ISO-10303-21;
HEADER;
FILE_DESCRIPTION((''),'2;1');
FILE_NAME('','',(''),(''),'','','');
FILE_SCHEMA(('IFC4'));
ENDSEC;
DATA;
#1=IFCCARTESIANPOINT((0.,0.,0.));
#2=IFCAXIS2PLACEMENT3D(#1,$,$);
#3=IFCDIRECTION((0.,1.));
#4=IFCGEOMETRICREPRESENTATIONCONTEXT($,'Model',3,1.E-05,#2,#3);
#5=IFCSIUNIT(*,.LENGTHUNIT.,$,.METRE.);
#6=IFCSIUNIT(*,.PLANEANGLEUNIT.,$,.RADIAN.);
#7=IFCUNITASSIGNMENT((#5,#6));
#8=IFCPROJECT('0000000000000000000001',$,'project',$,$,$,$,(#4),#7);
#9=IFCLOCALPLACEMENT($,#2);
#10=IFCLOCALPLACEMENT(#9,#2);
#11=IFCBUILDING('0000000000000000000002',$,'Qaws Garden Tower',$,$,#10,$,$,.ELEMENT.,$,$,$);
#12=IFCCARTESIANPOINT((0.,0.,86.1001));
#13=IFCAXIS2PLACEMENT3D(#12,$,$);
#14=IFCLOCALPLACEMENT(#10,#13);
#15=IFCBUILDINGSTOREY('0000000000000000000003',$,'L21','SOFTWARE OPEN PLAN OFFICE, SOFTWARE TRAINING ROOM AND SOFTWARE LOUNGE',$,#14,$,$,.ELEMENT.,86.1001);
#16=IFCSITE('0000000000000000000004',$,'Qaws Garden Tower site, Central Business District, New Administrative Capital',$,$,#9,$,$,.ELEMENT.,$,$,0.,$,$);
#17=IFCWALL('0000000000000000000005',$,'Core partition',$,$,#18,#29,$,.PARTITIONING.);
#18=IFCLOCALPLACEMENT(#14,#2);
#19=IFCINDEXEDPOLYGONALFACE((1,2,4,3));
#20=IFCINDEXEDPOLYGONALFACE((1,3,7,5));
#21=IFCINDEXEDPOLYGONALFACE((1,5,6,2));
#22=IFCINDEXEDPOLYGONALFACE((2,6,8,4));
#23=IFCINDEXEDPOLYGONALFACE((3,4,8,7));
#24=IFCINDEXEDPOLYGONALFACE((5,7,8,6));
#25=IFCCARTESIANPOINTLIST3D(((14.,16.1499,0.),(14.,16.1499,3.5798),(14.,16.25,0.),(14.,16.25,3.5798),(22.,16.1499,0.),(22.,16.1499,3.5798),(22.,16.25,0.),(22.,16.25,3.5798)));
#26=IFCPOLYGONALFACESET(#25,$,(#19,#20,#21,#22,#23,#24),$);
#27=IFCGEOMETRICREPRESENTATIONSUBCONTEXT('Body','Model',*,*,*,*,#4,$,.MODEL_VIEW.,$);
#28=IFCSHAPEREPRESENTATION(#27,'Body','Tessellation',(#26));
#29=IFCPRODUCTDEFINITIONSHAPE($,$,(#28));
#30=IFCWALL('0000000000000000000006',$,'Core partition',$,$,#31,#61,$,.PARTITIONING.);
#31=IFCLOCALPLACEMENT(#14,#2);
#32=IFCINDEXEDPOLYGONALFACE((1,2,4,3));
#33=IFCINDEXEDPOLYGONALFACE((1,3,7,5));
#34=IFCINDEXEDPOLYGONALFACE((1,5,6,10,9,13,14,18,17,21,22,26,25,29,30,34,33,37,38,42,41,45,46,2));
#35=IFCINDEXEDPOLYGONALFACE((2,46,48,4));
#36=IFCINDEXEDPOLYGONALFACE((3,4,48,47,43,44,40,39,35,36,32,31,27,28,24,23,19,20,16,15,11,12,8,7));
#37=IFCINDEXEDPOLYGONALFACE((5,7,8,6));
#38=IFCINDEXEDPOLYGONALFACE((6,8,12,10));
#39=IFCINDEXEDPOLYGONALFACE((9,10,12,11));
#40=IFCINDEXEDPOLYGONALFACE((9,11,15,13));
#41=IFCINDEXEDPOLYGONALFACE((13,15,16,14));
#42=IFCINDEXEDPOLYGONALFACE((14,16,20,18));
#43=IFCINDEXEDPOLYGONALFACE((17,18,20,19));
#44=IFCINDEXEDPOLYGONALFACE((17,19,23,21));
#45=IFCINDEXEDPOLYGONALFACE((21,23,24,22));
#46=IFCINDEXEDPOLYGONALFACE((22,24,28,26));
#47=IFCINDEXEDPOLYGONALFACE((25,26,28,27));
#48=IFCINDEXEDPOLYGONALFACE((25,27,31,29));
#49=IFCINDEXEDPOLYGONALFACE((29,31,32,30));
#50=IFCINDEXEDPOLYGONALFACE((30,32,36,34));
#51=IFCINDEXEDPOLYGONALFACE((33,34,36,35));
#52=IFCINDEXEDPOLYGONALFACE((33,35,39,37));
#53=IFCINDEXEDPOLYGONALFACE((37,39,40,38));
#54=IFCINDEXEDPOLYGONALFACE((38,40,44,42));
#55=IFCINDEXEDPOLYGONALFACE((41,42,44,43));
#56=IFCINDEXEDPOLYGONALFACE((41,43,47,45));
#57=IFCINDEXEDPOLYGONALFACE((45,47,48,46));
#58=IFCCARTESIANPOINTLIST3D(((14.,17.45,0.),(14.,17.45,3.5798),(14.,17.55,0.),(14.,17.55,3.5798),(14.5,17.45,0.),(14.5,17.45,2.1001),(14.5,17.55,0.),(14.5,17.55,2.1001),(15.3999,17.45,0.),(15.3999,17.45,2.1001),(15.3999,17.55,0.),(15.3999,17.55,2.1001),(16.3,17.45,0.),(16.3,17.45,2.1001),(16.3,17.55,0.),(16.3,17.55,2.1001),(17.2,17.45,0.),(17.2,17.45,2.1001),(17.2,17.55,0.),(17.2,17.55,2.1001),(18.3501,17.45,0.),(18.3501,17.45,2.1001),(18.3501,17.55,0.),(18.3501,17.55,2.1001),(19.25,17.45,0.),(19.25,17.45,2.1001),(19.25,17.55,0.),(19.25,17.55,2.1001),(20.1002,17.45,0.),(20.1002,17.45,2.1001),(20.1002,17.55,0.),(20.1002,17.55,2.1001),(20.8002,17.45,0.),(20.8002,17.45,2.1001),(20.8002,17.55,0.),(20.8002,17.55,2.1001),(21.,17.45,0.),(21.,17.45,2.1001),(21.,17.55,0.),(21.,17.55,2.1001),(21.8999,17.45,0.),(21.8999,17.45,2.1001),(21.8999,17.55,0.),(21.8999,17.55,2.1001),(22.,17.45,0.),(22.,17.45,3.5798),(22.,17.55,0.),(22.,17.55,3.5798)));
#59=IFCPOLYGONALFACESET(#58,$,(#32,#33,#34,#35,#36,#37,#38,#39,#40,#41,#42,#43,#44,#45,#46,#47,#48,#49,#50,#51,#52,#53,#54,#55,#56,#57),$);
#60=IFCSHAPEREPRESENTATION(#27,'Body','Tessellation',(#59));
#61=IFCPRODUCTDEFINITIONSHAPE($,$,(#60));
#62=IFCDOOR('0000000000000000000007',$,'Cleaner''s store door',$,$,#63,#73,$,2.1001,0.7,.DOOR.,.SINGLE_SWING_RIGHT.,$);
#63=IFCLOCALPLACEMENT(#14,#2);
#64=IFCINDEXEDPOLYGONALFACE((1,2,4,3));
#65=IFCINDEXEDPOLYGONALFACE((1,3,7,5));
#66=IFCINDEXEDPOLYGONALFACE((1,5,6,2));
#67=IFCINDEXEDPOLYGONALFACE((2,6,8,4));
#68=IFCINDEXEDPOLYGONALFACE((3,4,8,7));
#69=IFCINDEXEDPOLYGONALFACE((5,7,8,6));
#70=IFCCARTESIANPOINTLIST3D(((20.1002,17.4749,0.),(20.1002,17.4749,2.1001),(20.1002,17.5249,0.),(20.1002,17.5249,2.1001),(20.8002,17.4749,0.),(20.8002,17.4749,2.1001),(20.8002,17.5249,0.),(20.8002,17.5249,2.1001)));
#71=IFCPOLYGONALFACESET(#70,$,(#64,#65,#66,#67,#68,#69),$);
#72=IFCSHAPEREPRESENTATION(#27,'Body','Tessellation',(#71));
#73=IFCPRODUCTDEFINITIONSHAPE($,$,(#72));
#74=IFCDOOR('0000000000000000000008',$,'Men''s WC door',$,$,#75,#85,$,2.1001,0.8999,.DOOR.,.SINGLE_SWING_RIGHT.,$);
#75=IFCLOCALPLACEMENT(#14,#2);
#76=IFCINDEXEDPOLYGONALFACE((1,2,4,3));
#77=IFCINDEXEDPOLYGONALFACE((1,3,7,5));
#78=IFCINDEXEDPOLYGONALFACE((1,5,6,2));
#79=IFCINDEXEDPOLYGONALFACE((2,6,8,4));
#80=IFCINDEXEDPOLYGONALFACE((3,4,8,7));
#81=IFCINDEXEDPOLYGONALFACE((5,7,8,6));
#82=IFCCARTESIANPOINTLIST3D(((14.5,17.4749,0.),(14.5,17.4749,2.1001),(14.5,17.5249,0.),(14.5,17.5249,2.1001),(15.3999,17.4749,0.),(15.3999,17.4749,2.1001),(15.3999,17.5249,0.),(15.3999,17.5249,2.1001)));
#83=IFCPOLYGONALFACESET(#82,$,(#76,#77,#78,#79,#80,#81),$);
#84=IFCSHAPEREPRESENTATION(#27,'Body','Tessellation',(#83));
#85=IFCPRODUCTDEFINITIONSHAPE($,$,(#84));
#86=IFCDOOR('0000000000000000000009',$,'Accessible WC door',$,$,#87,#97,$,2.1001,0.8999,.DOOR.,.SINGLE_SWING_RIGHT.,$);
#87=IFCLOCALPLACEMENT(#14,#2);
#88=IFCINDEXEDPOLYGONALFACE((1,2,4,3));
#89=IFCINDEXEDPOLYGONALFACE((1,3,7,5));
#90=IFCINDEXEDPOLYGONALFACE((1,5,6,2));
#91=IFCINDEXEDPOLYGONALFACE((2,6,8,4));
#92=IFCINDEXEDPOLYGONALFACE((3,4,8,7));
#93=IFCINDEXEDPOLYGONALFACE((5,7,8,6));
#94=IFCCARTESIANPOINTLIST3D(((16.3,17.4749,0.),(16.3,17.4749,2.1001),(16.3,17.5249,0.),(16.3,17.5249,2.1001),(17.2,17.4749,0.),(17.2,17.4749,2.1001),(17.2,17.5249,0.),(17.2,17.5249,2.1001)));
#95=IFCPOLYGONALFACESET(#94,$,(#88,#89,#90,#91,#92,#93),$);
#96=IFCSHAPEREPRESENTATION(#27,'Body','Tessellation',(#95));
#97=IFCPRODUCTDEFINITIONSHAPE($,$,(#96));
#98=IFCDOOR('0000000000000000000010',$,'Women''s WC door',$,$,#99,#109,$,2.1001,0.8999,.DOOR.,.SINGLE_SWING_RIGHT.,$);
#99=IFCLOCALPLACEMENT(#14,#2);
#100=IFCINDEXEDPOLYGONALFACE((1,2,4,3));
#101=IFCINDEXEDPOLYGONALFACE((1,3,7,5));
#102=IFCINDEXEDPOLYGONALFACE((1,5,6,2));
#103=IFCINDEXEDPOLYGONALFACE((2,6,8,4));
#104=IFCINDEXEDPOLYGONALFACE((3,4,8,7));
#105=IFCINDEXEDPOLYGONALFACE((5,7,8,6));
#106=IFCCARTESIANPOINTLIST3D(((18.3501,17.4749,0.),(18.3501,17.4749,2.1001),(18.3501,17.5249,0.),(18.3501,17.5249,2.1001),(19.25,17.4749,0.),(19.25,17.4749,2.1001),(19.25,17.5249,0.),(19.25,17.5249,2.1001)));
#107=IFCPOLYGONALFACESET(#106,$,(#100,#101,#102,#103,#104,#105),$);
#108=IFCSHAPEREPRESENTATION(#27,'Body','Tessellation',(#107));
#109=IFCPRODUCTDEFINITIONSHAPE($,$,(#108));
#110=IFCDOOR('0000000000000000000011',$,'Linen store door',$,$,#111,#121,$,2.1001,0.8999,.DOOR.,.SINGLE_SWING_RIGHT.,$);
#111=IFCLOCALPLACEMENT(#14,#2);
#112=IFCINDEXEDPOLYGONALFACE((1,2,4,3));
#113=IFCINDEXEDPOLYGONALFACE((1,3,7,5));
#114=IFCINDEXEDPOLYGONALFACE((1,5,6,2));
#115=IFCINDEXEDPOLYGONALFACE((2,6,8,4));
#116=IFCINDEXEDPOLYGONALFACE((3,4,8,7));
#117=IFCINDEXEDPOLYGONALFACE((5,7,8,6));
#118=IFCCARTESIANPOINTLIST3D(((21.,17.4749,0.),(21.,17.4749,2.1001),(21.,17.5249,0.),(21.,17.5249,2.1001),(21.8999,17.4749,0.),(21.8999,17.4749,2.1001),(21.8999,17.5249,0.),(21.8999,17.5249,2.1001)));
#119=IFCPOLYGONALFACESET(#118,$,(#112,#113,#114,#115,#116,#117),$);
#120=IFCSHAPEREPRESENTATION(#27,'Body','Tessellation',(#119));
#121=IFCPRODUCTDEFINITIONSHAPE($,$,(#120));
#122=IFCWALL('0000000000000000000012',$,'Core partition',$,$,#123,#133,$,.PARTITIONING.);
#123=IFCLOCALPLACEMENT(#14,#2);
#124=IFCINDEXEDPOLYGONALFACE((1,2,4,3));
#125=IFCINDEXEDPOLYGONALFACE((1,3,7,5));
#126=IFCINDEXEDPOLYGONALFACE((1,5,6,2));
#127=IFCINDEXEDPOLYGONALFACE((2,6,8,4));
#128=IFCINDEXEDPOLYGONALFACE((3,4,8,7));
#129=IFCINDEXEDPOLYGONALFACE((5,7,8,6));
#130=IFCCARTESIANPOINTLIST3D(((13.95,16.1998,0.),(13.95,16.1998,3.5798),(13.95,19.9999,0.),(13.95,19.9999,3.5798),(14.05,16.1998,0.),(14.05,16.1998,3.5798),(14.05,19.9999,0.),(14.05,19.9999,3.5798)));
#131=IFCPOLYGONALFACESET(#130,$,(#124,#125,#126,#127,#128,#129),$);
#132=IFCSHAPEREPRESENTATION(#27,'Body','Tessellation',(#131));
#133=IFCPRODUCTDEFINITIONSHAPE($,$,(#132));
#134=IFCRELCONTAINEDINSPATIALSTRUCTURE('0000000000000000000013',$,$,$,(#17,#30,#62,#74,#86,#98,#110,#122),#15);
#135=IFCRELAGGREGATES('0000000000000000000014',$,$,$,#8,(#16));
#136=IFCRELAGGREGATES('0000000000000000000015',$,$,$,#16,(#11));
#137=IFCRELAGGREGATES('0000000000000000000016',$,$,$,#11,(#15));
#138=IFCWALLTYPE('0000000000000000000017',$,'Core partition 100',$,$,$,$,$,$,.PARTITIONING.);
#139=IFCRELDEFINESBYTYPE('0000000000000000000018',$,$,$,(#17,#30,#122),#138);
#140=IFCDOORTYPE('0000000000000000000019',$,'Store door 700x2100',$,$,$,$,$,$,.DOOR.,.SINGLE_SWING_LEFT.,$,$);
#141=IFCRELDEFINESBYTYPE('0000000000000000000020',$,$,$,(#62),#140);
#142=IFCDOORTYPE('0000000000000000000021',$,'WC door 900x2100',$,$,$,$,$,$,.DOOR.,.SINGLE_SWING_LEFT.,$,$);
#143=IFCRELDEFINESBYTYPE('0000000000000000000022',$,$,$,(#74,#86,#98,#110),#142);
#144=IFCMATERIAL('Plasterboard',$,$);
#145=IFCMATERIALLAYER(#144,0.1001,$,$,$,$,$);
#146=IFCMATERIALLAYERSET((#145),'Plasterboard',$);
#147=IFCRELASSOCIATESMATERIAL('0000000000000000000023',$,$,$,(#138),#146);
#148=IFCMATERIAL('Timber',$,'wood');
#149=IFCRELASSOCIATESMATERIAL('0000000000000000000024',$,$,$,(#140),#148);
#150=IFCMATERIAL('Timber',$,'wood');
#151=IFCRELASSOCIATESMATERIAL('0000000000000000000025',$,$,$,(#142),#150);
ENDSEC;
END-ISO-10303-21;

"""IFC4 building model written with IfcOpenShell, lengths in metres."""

from ifc_helpers import new_model, si_unit, direction, frame, frame_2d, origin, place, context, subcontext, project, spatial, rectangle, extrude, material, layer, layer_set, type_object, element, fill, save


model = new_model("IFC4")

# Units and contexts
model_context = context("Model", 3, precision=1e-05, world=origin(), true_north=direction((0.0, 1.0)))
body_context = subcontext(model_context, "Body", "Model", "MODEL_VIEW")
ifc_project = project(units=[si_unit("LENGTHUNIT", "METRE"), si_unit("PLANEANGLEUNIT", "RADIAN")], contexts=[model_context])

# Site, building, storey
site_placement = place(None, origin())
site = spatial("IfcSite", under=ifc_project, at=site_placement, Name="Qaws Garden Tower site, Central Business District, New Administrative Capital", CompositionType="ELEMENT", RefElevation=0.0)
building_placement = place(site_placement, origin())
building = spatial("IfcBuilding", under=site, at=building_placement, Name="Qaws Garden Tower", CompositionType="ELEMENT")
storey_placement = place(building_placement, frame((0.0, 0.0, 86.1001)))
storey = spatial("IfcBuildingStorey", under=building, at=storey_placement, Name="L21", Description="SOFTWARE OPEN PLAN OFFICE, SOFTWARE TRAINING ROOM AND SOFTWARE LOUNGE", CompositionType="ELEMENT", Elevation=86.1001)

# Wall
ifc_material_1 = material(Name="Plasterboard")
ifc_layer_1 = layer(ifc_material_1, 0.1001)
ifc_layer_set_1 = layer_set([ifc_layer_1], Name="Plasterboard")
wall_type_1 = type_object("IfcWallType", Name="Core partition 100", PredefinedType="PARTITIONING", material=ifc_layer_set_1)
wall_1_placement = place(storey_placement, frame((14.0, 16.2, 0.0), z_axis=(0.0, 0.0, 1.0), x_axis=(1.0, 0.0, 0.0)))
element("IfcWall", 1, at=wall_1_placement, inside=storey, type_object=wall_type_1, Name="Core partition", PredefinedType="PARTITIONING", context=body_context, shape_type="SweptSolid", body=[
    extrude(rectangle(XDim=8.0, YDim=0.1001, at=frame_2d((4.0, 0.0))), origin(), (0.0, 0.0, 1.0), 3.5798),
])

# Wall, openings, doors
wall_2_placement = place(storey_placement, frame((14.0, 17.5, 0.0), z_axis=(0.0, 0.0, 1.0), x_axis=(1.0, 0.0, 0.0)))
wall_2 = element("IfcWall", 2, at=wall_2_placement, inside=storey, type_object=wall_type_1, Name="Core partition", PredefinedType="PARTITIONING", context=body_context, shape_type="SweptSolid", body=[
    extrude(rectangle(XDim=8.0, YDim=0.1001, at=frame_2d((4.0, 0.0))), origin(), (0.0, 0.0, 1.0), 3.5798),
])
opening_1_placement = place(wall_2_placement, frame((0.5, 0.0, 0.0)))
opening_1 = element("IfcOpeningElement", 3, at=opening_1_placement, cuts=wall_2, PredefinedType="OPENING", context=body_context, shape_type="SweptSolid", body=[
    extrude(rectangle(XDim=0.8999, YDim=2.1001, at=frame_2d((0.45, 1.05))), frame((0.0, 0.0601, 0.0), z_axis=(0.0, -1.0, 0.0), x_axis=(1.0, 0.0, 0.0)), (0.0, 0.0, 1.0), 0.1201),
])
opening_2_placement = place(wall_2_placement, frame((2.3, 0.0, 0.0)))
opening_2 = element("IfcOpeningElement", 4, at=opening_2_placement, cuts=wall_2, PredefinedType="OPENING", context=body_context, shape_type="SweptSolid", body=[
    extrude(rectangle(XDim=0.8999, YDim=2.1001, at=frame_2d((0.45, 1.05))), frame((0.0, 0.0601, 0.0), z_axis=(0.0, -1.0, 0.0), x_axis=(1.0, 0.0, 0.0)), (0.0, 0.0, 1.0), 0.1201),
])
opening_3_placement = place(wall_2_placement, frame((4.3501, 0.0, 0.0)))
opening_3 = element("IfcOpeningElement", 5, at=opening_3_placement, cuts=wall_2, PredefinedType="OPENING", context=body_context, shape_type="SweptSolid", body=[
    extrude(rectangle(XDim=0.8999, YDim=2.1001, at=frame_2d((0.45, 1.05))), frame((0.0, 0.0601, 0.0), z_axis=(0.0, -1.0, 0.0), x_axis=(1.0, 0.0, 0.0)), (0.0, 0.0, 1.0), 0.1201),
])
opening_4_placement = place(wall_2_placement, frame((6.1001, 0.0, 0.0)))
opening_4 = element("IfcOpeningElement", 6, at=opening_4_placement, cuts=wall_2, PredefinedType="OPENING", context=body_context, shape_type="SweptSolid", body=[
    extrude(rectangle(XDim=0.7, YDim=2.1001, at=frame_2d((0.3501, 1.05))), frame((0.0, 0.0601, 0.0), z_axis=(0.0, -1.0, 0.0), x_axis=(1.0, 0.0, 0.0)), (0.0, 0.0, 1.0), 0.1201),
])
opening_5_placement = place(wall_2_placement, frame((7.0, 0.0, 0.0)))
opening_5 = element("IfcOpeningElement", 7, at=opening_5_placement, cuts=wall_2, PredefinedType="OPENING", context=body_context, shape_type="SweptSolid", body=[
    extrude(rectangle(XDim=0.8999, YDim=2.1001, at=frame_2d((0.45, 1.05))), frame((0.0, 0.0601, 0.0), z_axis=(0.0, -1.0, 0.0), x_axis=(1.0, 0.0, 0.0)), (0.0, 0.0, 1.0), 0.1201),
])
ifc_material_2 = material(Name="Timber", Category="wood")
door_type_1 = type_object("IfcDoorType", Name="Store door 700x2100", OperationType="SINGLE_SWING_LEFT", PredefinedType="DOOR", material=ifc_material_2)
door_1_placement = place(opening_4_placement, origin())
door_1 = element("IfcDoor", 8, at=door_1_placement, inside=storey, type_object=door_type_1, Name="Cleaner's store door", OperationType="SINGLE_SWING_RIGHT", OverallHeight=2.1001, OverallWidth=0.7, PredefinedType="DOOR", context=body_context, shape_type="SweptSolid", body=[
    extrude(rectangle(XDim=0.7, YDim=2.1001, at=frame_2d((0.3501, 1.05))), frame((0.0, 0.0249, 0.0), z_axis=(0.0, -1.0, 0.0), x_axis=(1.0, 0.0, 0.0)), (0.0, 0.0, 1.0), 0.05),
])
fill(opening_4, door_1)
ifc_material_3 = material(Name="Timber", Category="wood")
door_type_2 = type_object("IfcDoorType", Name="WC door 900x2100", OperationType="SINGLE_SWING_LEFT", PredefinedType="DOOR", material=ifc_material_3)
door_2_placement = place(opening_1_placement, origin())
door_2 = element("IfcDoor", 9, at=door_2_placement, inside=storey, type_object=door_type_2, Name="Men's WC door", OperationType="SINGLE_SWING_RIGHT", OverallHeight=2.1001, OverallWidth=0.8999, PredefinedType="DOOR", context=body_context, shape_type="SweptSolid", body=[
    extrude(rectangle(XDim=0.8999, YDim=2.1001, at=frame_2d((0.45, 1.05))), frame((0.0, 0.0249, 0.0), z_axis=(0.0, -1.0, 0.0), x_axis=(1.0, 0.0, 0.0)), (0.0, 0.0, 1.0), 0.05),
])
fill(opening_1, door_2)
door_3_placement = place(opening_2_placement, origin())
door_3 = element("IfcDoor", 10, at=door_3_placement, inside=storey, type_object=door_type_2, Name="Accessible WC door", OperationType="SINGLE_SWING_RIGHT", OverallHeight=2.1001, OverallWidth=0.8999, PredefinedType="DOOR", context=body_context, shape_type="SweptSolid", body=[
    extrude(rectangle(XDim=0.8999, YDim=2.1001, at=frame_2d((0.45, 1.05))), frame((0.0, 0.0249, 0.0), z_axis=(0.0, -1.0, 0.0), x_axis=(1.0, 0.0, 0.0)), (0.0, 0.0, 1.0), 0.05),
])
fill(opening_2, door_3)
door_4_placement = place(opening_3_placement, origin())
door_4 = element("IfcDoor", 11, at=door_4_placement, inside=storey, type_object=door_type_2, Name="Women's WC door", OperationType="SINGLE_SWING_RIGHT", OverallHeight=2.1001, OverallWidth=0.8999, PredefinedType="DOOR", context=body_context, shape_type="SweptSolid", body=[
    extrude(rectangle(XDim=0.8999, YDim=2.1001, at=frame_2d((0.45, 1.05))), frame((0.0, 0.0249, 0.0), z_axis=(0.0, -1.0, 0.0), x_axis=(1.0, 0.0, 0.0)), (0.0, 0.0, 1.0), 0.05),
])
fill(opening_3, door_4)
door_5_placement = place(opening_5_placement, origin())
door_5 = element("IfcDoor", 12, at=door_5_placement, inside=storey, type_object=door_type_2, Name="Linen store door", OperationType="SINGLE_SWING_RIGHT", OverallHeight=2.1001, OverallWidth=0.8999, PredefinedType="DOOR", context=body_context, shape_type="SweptSolid", body=[
    extrude(rectangle(XDim=0.8999, YDim=2.1001, at=frame_2d((0.45, 1.05))), frame((0.0, 0.0249, 0.0), z_axis=(0.0, -1.0, 0.0), x_axis=(1.0, 0.0, 0.0)), (0.0, 0.0, 1.0), 0.05),
])
fill(opening_5, door_5)

# Wall
wall_3_placement = place(storey_placement, frame((14.0, 16.2, 0.0), z_axis=(0.0, 0.0, 1.0), x_axis=(0.0, 1.0, 0.0)))
element("IfcWall", 13, at=wall_3_placement, inside=storey, type_object=wall_type_1, Name="Core partition", PredefinedType="PARTITIONING", context=body_context, shape_type="SweptSolid", body=[
    extrude(rectangle(XDim=3.8, YDim=0.1001, at=frame_2d((1.8999, 0.0))), origin(), (0.0, 0.0, 1.0), 3.5798),
])

save(model, "model.ifc")
